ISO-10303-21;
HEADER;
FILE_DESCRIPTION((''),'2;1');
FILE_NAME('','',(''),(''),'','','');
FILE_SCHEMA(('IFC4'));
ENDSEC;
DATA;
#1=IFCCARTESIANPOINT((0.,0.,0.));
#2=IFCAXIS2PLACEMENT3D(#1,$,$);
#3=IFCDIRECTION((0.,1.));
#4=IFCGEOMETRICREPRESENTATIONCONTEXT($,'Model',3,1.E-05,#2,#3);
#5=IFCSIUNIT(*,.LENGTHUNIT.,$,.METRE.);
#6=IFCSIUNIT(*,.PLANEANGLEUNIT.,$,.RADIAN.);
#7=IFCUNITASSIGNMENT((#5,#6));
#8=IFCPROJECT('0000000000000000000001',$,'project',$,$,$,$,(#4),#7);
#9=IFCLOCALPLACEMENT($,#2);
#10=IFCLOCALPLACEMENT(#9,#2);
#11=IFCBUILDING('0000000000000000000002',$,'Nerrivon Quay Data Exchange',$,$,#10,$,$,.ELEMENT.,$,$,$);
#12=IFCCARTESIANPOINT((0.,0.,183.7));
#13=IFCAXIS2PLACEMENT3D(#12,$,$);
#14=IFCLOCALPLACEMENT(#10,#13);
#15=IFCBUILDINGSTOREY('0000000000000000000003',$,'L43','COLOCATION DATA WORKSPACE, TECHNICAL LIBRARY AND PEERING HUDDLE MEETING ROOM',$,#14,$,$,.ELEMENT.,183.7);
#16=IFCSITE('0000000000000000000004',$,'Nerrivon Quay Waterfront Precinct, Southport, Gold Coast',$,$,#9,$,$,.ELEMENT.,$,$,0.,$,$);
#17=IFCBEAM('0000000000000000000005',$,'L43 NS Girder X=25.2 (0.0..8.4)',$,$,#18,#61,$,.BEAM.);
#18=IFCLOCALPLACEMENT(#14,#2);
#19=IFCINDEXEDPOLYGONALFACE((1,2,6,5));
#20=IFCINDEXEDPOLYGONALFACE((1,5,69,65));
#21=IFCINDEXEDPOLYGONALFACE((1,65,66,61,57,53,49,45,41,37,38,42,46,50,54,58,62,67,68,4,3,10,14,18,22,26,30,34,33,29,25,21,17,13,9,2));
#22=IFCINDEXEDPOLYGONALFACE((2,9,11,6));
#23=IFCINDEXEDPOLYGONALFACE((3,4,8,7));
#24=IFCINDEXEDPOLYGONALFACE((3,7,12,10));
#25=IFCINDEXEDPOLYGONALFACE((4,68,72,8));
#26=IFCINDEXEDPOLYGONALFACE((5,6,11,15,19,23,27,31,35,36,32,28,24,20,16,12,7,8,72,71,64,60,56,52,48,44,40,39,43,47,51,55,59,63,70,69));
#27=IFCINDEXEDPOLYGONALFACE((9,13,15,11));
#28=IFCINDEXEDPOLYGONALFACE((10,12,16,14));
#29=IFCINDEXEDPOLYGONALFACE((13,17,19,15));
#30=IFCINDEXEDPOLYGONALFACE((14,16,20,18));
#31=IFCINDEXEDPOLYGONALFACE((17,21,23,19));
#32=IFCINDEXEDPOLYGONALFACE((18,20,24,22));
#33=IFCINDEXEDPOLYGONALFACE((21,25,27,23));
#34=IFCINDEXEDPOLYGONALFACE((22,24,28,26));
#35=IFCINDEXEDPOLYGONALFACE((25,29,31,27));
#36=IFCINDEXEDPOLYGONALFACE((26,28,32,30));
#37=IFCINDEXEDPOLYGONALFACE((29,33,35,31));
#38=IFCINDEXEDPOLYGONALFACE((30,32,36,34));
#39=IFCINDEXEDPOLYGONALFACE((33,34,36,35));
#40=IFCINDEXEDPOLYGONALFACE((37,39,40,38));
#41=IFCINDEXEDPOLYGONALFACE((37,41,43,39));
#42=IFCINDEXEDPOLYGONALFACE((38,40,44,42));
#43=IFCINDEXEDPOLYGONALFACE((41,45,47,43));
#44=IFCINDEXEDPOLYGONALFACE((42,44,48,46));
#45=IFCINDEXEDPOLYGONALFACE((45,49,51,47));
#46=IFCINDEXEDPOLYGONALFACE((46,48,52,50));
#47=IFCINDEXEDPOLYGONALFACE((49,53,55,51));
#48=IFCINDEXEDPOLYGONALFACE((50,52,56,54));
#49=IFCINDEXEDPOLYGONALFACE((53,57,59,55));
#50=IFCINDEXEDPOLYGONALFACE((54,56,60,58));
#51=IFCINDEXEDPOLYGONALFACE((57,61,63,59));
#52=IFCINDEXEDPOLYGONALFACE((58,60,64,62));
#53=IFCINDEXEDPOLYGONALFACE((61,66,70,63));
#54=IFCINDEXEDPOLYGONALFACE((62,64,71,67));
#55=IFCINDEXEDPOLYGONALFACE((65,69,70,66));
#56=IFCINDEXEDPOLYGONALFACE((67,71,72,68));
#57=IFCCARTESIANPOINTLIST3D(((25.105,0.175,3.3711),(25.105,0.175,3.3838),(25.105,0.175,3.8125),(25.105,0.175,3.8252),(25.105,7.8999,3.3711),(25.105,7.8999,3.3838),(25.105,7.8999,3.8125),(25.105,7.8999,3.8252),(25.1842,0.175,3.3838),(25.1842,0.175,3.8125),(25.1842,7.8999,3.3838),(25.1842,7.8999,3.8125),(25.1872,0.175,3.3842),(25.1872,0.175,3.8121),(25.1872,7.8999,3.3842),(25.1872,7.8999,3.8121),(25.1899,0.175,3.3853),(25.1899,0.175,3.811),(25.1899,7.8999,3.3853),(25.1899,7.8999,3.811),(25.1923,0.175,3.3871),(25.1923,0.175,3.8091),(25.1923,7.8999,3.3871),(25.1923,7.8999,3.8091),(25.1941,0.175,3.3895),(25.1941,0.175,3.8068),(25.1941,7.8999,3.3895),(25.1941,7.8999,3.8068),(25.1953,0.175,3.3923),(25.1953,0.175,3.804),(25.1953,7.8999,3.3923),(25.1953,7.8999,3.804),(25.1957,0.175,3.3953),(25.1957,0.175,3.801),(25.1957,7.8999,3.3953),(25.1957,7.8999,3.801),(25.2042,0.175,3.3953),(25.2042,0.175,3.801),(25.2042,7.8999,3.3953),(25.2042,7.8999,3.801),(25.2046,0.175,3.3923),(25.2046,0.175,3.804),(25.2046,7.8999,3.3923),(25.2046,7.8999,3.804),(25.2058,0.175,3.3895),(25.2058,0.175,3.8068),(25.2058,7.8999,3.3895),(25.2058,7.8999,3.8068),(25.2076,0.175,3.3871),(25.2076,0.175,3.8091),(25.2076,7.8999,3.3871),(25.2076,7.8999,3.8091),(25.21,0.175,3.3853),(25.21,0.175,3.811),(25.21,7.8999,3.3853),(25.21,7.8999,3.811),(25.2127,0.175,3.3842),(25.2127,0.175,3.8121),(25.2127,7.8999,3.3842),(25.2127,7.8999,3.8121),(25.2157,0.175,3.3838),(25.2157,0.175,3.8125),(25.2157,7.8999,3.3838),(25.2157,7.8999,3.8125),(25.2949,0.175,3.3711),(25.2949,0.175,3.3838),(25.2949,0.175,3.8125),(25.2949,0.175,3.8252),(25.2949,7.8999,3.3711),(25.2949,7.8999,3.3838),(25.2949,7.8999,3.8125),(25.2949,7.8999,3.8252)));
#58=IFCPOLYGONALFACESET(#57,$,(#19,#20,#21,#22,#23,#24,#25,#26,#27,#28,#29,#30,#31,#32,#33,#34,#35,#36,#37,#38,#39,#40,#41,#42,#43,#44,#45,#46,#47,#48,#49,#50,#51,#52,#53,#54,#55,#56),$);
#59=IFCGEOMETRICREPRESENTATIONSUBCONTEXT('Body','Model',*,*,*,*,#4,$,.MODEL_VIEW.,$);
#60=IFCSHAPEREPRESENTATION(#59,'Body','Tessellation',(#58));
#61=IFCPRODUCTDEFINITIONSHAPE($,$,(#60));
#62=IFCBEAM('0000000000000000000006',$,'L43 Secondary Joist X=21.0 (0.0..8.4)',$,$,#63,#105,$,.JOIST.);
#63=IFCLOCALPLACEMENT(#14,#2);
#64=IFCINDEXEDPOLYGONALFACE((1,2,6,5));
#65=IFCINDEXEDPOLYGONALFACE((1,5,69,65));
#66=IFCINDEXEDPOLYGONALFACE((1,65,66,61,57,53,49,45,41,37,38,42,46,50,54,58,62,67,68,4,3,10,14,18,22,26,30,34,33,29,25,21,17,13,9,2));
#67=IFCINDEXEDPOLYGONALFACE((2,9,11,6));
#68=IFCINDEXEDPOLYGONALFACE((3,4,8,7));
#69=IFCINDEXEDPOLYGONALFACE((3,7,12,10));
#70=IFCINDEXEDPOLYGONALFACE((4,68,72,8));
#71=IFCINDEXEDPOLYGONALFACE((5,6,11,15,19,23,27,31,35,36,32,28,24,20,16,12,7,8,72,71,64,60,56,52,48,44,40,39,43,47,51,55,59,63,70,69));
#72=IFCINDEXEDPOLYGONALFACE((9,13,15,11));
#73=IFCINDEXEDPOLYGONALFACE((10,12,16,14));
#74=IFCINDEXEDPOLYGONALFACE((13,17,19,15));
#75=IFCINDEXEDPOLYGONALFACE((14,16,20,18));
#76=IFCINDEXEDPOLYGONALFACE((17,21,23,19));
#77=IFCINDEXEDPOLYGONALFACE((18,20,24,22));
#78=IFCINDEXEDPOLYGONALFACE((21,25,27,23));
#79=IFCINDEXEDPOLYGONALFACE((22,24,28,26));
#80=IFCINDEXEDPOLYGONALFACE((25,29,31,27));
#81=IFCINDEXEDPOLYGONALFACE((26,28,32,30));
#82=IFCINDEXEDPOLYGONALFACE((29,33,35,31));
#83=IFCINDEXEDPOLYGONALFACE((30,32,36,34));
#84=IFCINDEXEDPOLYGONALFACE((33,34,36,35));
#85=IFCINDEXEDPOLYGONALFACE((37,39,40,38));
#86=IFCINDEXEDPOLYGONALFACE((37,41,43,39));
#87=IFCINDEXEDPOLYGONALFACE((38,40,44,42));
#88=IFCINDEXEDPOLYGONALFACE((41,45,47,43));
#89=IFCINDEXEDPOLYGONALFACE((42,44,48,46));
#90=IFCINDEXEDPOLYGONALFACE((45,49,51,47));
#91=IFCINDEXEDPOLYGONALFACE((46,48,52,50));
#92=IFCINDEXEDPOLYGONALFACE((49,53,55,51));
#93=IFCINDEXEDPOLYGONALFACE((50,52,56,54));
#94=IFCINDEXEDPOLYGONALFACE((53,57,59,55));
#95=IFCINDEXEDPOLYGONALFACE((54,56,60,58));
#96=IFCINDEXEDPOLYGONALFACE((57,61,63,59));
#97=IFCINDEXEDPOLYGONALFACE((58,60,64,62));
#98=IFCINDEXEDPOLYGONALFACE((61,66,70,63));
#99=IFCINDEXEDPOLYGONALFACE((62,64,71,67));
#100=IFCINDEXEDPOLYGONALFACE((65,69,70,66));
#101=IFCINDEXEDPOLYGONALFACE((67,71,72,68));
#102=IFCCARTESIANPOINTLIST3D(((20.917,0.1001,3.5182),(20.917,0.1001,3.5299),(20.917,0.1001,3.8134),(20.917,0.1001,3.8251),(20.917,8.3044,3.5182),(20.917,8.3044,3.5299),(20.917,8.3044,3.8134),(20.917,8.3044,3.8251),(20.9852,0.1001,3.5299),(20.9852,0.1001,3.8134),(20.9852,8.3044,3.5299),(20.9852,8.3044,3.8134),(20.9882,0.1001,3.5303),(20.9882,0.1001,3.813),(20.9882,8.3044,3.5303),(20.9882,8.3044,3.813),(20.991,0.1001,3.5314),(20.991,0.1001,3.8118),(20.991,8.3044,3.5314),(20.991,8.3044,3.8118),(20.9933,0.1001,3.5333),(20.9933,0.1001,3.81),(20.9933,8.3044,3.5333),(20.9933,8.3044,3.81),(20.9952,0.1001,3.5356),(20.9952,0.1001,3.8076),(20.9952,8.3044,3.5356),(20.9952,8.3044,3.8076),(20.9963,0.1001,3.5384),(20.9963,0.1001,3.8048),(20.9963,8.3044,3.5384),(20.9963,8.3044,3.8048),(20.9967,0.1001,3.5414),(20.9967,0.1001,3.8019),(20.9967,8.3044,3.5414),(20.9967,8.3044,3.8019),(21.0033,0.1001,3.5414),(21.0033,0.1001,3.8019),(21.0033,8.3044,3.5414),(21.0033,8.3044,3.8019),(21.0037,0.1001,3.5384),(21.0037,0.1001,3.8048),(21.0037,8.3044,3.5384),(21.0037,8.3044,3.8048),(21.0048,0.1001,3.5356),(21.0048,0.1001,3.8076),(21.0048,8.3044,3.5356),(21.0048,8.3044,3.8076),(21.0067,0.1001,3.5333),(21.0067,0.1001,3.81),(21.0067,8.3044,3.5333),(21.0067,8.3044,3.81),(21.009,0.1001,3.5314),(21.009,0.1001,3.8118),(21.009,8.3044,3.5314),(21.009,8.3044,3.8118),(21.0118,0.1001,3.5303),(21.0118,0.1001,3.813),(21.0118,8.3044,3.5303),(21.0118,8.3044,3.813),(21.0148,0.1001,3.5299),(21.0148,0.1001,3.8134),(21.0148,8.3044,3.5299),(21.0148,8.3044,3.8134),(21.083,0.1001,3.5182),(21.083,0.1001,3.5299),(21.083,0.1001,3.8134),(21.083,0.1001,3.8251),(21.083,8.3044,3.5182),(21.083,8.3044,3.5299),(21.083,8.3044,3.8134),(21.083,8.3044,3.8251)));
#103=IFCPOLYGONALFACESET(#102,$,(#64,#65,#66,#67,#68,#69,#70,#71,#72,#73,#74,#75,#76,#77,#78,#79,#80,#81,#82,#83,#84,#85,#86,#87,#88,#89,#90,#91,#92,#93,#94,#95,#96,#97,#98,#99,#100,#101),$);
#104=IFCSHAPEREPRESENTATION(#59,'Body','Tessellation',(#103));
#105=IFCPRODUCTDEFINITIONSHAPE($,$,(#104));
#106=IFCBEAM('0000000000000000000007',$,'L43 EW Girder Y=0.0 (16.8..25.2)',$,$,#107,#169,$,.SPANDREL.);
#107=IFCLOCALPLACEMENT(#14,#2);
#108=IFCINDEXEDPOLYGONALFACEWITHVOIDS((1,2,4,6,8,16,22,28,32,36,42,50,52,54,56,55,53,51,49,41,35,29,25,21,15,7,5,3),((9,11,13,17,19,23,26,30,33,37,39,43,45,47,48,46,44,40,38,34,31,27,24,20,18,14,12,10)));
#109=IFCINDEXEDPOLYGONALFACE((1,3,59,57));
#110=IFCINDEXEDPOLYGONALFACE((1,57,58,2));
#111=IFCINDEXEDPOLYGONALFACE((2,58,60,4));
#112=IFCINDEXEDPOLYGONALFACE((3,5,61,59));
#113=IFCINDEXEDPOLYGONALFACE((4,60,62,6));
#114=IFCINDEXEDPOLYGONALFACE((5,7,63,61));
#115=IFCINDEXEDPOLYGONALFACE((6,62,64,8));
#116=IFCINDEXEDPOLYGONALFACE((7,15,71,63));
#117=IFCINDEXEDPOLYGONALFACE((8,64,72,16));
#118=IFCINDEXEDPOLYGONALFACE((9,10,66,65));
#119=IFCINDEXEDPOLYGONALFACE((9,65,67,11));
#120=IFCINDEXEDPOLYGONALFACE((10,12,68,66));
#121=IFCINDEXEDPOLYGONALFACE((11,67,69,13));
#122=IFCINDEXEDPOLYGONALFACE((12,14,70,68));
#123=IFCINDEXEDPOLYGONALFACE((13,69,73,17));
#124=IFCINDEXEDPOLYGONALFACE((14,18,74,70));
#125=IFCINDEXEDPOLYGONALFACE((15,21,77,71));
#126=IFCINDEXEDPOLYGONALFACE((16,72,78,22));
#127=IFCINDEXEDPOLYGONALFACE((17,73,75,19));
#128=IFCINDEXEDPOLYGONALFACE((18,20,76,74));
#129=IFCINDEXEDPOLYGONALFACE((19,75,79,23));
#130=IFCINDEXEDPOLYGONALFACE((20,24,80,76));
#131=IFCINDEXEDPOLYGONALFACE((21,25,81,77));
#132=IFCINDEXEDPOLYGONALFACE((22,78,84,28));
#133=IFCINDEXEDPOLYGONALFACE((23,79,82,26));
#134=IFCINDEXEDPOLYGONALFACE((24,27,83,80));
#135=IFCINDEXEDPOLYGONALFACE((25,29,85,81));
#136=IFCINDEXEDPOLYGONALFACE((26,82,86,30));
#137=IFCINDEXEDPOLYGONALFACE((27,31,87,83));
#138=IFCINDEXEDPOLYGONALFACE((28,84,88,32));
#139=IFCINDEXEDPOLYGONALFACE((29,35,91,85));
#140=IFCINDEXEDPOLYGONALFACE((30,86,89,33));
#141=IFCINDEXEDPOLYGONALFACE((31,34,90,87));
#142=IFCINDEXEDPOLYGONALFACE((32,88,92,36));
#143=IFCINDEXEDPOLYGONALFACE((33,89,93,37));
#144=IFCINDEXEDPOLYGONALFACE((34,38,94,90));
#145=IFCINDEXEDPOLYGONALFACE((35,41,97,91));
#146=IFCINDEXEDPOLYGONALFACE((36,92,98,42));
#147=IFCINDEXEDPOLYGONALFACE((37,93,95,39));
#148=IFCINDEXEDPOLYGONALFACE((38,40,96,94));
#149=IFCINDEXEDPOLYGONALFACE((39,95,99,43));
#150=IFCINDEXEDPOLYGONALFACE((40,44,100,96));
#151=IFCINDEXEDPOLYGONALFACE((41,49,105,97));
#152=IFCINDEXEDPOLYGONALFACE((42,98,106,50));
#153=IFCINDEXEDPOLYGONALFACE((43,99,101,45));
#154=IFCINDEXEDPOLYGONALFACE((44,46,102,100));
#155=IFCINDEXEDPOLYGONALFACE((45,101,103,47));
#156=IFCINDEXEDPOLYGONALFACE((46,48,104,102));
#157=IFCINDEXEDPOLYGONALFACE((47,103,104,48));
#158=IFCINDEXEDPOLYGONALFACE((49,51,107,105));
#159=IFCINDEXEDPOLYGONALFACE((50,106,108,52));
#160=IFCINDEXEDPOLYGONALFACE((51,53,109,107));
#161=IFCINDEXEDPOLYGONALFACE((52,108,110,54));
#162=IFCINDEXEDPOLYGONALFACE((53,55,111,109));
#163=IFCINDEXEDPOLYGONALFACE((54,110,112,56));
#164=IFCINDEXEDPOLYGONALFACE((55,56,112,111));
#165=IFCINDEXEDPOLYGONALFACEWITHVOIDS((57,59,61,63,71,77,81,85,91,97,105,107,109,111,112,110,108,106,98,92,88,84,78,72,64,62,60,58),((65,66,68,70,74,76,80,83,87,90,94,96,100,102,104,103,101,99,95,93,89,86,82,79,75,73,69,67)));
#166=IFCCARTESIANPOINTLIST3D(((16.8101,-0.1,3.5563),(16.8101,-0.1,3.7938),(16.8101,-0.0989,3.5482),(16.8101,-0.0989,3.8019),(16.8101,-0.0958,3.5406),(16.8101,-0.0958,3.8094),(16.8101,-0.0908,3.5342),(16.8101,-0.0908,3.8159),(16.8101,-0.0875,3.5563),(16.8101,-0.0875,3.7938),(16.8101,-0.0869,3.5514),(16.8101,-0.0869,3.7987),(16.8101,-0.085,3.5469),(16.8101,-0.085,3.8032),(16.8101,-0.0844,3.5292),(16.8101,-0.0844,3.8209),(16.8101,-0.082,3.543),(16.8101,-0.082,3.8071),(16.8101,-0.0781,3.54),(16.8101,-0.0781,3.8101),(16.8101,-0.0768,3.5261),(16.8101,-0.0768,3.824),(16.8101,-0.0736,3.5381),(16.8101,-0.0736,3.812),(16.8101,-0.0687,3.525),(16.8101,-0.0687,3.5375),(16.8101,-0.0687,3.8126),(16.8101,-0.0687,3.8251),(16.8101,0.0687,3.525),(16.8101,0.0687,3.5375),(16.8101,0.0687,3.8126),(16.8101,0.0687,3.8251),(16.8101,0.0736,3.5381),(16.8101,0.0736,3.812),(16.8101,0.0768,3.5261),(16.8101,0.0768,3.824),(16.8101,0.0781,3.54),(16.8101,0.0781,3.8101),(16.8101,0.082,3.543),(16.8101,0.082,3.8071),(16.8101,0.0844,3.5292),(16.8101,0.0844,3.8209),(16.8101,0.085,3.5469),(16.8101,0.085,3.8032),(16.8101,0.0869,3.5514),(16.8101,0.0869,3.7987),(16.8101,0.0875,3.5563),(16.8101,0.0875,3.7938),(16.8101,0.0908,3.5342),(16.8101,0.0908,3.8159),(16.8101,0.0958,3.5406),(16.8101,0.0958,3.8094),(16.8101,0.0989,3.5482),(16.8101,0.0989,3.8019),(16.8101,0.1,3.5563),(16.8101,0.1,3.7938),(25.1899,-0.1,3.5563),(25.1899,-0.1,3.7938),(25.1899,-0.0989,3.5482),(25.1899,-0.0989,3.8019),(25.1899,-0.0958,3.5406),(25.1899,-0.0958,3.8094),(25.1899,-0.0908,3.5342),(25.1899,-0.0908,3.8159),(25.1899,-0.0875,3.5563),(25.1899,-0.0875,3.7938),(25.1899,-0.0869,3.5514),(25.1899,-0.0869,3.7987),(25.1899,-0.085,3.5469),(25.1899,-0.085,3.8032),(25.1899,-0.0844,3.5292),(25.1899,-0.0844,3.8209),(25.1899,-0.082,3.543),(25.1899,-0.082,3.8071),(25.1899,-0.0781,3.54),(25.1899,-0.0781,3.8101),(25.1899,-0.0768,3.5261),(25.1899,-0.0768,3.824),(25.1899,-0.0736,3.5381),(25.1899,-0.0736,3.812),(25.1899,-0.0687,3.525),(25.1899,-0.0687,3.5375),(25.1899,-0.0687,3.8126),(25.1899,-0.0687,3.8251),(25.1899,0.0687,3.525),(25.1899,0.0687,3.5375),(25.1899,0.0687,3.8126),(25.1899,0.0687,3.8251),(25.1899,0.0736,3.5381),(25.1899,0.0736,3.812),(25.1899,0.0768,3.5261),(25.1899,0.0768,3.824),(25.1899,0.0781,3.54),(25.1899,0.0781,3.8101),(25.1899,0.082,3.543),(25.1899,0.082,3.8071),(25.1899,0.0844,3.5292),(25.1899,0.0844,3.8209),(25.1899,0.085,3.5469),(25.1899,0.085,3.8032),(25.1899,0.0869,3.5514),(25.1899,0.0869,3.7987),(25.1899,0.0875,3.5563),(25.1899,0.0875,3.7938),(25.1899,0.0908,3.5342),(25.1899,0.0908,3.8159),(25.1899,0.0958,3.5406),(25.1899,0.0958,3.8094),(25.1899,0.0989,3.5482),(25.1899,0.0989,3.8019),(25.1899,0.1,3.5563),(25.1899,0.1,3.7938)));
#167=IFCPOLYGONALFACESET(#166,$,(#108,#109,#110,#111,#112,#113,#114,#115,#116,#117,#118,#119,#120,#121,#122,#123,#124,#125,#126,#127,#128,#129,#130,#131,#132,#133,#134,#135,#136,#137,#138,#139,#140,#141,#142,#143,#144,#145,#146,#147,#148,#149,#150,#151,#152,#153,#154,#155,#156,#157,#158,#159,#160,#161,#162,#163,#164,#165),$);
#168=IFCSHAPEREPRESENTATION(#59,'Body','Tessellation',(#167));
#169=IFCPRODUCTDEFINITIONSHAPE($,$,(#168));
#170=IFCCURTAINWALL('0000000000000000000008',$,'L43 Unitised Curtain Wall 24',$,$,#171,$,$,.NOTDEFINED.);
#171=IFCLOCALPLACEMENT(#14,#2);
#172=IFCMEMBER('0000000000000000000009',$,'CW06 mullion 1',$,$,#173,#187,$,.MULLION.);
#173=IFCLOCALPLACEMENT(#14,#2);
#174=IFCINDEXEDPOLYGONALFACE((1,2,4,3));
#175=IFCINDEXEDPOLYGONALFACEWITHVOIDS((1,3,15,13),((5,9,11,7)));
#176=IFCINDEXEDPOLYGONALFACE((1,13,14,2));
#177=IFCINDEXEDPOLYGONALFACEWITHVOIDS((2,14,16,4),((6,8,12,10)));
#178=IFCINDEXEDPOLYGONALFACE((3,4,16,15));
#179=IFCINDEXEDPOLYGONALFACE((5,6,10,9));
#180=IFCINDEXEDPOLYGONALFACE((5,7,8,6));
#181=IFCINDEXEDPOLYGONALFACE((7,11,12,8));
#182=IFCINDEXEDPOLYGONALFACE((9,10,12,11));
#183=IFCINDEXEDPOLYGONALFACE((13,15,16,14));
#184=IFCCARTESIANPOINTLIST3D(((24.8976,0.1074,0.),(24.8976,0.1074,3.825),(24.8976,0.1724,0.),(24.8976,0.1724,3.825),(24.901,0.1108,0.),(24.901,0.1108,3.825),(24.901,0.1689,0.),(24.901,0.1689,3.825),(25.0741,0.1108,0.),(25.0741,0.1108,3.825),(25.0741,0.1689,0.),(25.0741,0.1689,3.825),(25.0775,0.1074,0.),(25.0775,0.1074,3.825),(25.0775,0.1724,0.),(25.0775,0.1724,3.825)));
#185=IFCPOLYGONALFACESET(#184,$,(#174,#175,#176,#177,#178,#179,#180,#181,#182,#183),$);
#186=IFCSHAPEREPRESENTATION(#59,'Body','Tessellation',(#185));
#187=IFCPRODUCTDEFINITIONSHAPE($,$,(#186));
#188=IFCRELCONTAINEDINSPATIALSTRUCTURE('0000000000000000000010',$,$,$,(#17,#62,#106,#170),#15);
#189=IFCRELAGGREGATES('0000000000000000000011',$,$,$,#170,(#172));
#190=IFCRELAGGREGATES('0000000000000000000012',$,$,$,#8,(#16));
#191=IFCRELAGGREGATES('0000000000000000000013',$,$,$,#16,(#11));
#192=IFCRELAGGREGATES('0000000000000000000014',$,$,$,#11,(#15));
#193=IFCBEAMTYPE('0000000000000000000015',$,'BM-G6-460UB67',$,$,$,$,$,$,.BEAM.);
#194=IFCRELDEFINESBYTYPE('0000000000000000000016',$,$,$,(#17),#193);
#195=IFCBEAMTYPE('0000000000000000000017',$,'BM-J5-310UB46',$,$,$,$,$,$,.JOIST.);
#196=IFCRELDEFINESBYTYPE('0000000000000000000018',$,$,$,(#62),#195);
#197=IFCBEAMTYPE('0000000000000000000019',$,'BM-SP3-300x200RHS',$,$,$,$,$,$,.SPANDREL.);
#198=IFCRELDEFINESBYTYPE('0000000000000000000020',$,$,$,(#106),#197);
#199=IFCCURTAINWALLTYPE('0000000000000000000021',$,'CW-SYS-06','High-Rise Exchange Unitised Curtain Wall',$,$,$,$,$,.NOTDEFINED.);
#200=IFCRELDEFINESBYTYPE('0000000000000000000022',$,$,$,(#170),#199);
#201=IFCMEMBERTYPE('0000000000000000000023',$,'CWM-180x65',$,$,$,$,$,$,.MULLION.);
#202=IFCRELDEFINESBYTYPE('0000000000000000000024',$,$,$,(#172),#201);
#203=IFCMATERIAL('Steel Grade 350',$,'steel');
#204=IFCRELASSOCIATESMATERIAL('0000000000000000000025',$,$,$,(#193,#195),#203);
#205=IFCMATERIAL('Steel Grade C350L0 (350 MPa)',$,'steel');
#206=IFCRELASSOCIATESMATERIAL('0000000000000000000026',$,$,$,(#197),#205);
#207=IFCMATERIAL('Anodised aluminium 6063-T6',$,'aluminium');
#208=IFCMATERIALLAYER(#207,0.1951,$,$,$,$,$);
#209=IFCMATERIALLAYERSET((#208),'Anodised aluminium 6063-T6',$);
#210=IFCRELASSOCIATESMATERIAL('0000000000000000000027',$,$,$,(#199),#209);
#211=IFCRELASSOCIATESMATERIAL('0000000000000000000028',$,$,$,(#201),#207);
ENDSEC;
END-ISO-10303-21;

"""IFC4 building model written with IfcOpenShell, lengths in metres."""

from ifc_helpers import new_model, si_unit, direction, frame, origin, origin_2d, place, context, subcontext, project, spatial, hollow_rectangle, i_section, extrude, material, layer, layer_set, material_profile, profile_set, type_object, element, aggregate, save


model = new_model("IFC4")

# Units and contexts
model_context = context("Model", 3, precision=1e-05, world=origin(), true_north=direction((0.0, 1.0)))
body_context = subcontext(model_context, "Body", "Model", "MODEL_VIEW")
ifc_project = project(units=[si_unit("LENGTHUNIT", "METRE"), si_unit("PLANEANGLEUNIT", "RADIAN")], contexts=[model_context])

# Site, building, storey
site_placement = place(None, origin())
site = spatial("IfcSite", under=ifc_project, at=site_placement, Name="Nerrivon Quay Waterfront Precinct, Southport, Gold Coast", CompositionType="ELEMENT", RefElevation=0.0)
building_placement = place(site_placement, origin())
building = spatial("IfcBuilding", under=site, at=building_placement, Name="Nerrivon Quay Data Exchange", CompositionType="ELEMENT")
storey_placement = place(building_placement, frame((0.0, 0.0, 183.7)))
storey = spatial("IfcBuildingStorey", under=building, at=storey_placement, Name="L43", Description="COLOCATION DATA WORKSPACE, TECHNICAL LIBRARY AND PEERING HUDDLE MEETING ROOM", CompositionType="ELEMENT", Elevation=183.7)

# Shared definitions
ifc_material_1 = material(Name="Steel Grade 350", Category="steel")

# Beams
ifc_material_profile_1 = material_profile(ifc_material_1, i_section(OverallWidth=0.1899, OverallDepth=0.4541, WebThickness=0.0085, FlangeThickness=0.0127, FilletRadius=0.0115, at=origin_2d()), Name="460UB67.1")
ifc_profile_set_1 = profile_set([ifc_material_profile_1], Name="Steel Grade 350")
beam_type_1 = type_object("IfcBeamType", Name="BM-G6-460UB67", PredefinedType="BEAM", material=ifc_profile_set_1)
for number, where, z_axis, x_axis, name in (
    (1, (25.2, 0.175, 3.5981), (0.0, 1.0, 0.0), (-1.0, 0.0, 0.0), "L43 NS Girder X=25.2 (0.0..8.4)"),
):
    element("IfcBeam", number, at=place(storey_placement, frame(where, z_axis=z_axis, x_axis=x_axis)), inside=storey, type_object=beam_type_1, Name=name, PredefinedType="BEAM", context=body_context, shape_type="SweptSolid", body=[
        extrude(i_section(OverallWidth=0.1899, OverallDepth=0.4541, WebThickness=0.0085, FlangeThickness=0.0127, FilletRadius=0.0115, at=origin_2d()), origin(), (0.0, 0.0, 1.0), 7.7249),
    ])
ifc_material_profile_2 = material_profile(ifc_material_1, i_section(OverallWidth=0.166, OverallDepth=0.3069, WebThickness=0.0066, FlangeThickness=0.0117, FilletRadius=0.0115, at=origin_2d()), Name="310UB46.2")
ifc_profile_set_2 = profile_set([ifc_material_profile_2], Name="Steel Grade 350")
beam_type_2 = type_object("IfcBeamType", Name="BM-J5-310UB46", PredefinedType="JOIST", material=ifc_profile_set_2)
beam_1_placement = place(storey_placement, frame((21.0, 0.1001, 3.6716), z_axis=(0.0, 1.0, 0.0), x_axis=(-1.0, 0.0, 0.0)))
element("IfcBeam", 2, at=beam_1_placement, inside=storey, type_object=beam_type_2, Name="L43 Secondary Joist X=21.0 (0.0..8.4)", PredefinedType="JOIST", context=body_context, shape_type="SweptSolid", body=[
    extrude(i_section(OverallWidth=0.166, OverallDepth=0.3069, WebThickness=0.0066, FlangeThickness=0.0117, FilletRadius=0.0115, at=origin_2d()), origin(), (0.0, 0.0, 1.0), 8.2043),
])
ifc_material_2 = material(Name="Steel Grade C350L0 (350 MPa)", Category="steel")
ifc_material_profile_3 = material_profile(ifc_material_2, hollow_rectangle(XDim=0.2, YDim=0.3, WallThickness=0.0125, InnerFilletRadius=0.0188, OuterFilletRadius=0.0312, at=origin_2d()), Name="300x200x12.5RHS")
ifc_profile_set_3 = profile_set([ifc_material_profile_3], Name="Steel Grade C350L0 (350 MPa)")
beam_type_3 = type_object("IfcBeamType", Name="BM-SP3-300x200RHS", PredefinedType="SPANDREL", material=ifc_profile_set_3)
beam_2_placement = place(storey_placement, frame((16.8101, 0.0, 3.675), z_axis=(1.0, 0.0, 0.0), x_axis=(0.0, 1.0, 0.0)))
element("IfcBeam", 3, at=beam_2_placement, inside=storey, type_object=beam_type_3, Name="L43 EW Girder Y=0.0 (16.8..25.2)", PredefinedType="SPANDREL", context=body_context, shape_type="SweptSolid", body=[
    extrude(hollow_rectangle(XDim=0.2, YDim=0.3, WallThickness=0.0125, InnerFilletRadius=0.0188, OuterFilletRadius=0.0312, at=origin_2d()), origin(), (0.0, 0.0, 1.0), 8.3799),
])

# Curtain wall, member
ifc_material_3 = material(Name="Anodised aluminium 6063-T6", Category="aluminium")
ifc_layer_1 = layer(ifc_material_3, 0.1951)
ifc_layer_set_1 = layer_set([ifc_layer_1], Name="Anodised aluminium 6063-T6")
curtain_wall_type = type_object("IfcCurtainWallType", Name="CW-SYS-06", Description="High-Rise Exchange Unitised Curtain Wall", PredefinedType="NOTDEFINED", material=ifc_layer_set_1)
curtain_wall_1_placement = place(storey_placement, origin())
curtain_wall_1 = element("IfcCurtainWall", 4, at=curtain_wall_1_placement, inside=storey, type_object=curtain_wall_type, Name="L43 Unitised Curtain Wall 24", PredefinedType="NOTDEFINED")
ifc_material_profile_4 = material_profile(ifc_material_3, hollow_rectangle(XDim=0.0649, YDim=0.1799, WallThickness=0.0034, at=origin_2d()), Name="ALU-MULL-180x65")
ifc_profile_set_4 = profile_set([ifc_material_profile_4], Name="Anodised aluminium 6063-T6")
member_type_1 = type_object("IfcMemberType", Name="CWM-180x65", PredefinedType="MULLION", material=ifc_profile_set_4)
member_1_placement = place(storey_placement, frame((24.9875, 0.1399, 0.0), z_axis=(0.0, 0.0, 1.0), x_axis=(0.0, -1.0, 0.0)))
member_1 = element("IfcMember", 5, at=member_1_placement, type_object=member_type_1, Name="CW06 mullion 1", PredefinedType="MULLION", context=body_context, shape_type="SweptSolid", body=[
    extrude(hollow_rectangle(XDim=0.0649, YDim=0.1799, WallThickness=0.0034, at=origin_2d()), origin(), (0.0, 0.0, 1.0), 3.825),
])

aggregate(curtain_wall_1, [member_1])

save(model, "model.ifc")
